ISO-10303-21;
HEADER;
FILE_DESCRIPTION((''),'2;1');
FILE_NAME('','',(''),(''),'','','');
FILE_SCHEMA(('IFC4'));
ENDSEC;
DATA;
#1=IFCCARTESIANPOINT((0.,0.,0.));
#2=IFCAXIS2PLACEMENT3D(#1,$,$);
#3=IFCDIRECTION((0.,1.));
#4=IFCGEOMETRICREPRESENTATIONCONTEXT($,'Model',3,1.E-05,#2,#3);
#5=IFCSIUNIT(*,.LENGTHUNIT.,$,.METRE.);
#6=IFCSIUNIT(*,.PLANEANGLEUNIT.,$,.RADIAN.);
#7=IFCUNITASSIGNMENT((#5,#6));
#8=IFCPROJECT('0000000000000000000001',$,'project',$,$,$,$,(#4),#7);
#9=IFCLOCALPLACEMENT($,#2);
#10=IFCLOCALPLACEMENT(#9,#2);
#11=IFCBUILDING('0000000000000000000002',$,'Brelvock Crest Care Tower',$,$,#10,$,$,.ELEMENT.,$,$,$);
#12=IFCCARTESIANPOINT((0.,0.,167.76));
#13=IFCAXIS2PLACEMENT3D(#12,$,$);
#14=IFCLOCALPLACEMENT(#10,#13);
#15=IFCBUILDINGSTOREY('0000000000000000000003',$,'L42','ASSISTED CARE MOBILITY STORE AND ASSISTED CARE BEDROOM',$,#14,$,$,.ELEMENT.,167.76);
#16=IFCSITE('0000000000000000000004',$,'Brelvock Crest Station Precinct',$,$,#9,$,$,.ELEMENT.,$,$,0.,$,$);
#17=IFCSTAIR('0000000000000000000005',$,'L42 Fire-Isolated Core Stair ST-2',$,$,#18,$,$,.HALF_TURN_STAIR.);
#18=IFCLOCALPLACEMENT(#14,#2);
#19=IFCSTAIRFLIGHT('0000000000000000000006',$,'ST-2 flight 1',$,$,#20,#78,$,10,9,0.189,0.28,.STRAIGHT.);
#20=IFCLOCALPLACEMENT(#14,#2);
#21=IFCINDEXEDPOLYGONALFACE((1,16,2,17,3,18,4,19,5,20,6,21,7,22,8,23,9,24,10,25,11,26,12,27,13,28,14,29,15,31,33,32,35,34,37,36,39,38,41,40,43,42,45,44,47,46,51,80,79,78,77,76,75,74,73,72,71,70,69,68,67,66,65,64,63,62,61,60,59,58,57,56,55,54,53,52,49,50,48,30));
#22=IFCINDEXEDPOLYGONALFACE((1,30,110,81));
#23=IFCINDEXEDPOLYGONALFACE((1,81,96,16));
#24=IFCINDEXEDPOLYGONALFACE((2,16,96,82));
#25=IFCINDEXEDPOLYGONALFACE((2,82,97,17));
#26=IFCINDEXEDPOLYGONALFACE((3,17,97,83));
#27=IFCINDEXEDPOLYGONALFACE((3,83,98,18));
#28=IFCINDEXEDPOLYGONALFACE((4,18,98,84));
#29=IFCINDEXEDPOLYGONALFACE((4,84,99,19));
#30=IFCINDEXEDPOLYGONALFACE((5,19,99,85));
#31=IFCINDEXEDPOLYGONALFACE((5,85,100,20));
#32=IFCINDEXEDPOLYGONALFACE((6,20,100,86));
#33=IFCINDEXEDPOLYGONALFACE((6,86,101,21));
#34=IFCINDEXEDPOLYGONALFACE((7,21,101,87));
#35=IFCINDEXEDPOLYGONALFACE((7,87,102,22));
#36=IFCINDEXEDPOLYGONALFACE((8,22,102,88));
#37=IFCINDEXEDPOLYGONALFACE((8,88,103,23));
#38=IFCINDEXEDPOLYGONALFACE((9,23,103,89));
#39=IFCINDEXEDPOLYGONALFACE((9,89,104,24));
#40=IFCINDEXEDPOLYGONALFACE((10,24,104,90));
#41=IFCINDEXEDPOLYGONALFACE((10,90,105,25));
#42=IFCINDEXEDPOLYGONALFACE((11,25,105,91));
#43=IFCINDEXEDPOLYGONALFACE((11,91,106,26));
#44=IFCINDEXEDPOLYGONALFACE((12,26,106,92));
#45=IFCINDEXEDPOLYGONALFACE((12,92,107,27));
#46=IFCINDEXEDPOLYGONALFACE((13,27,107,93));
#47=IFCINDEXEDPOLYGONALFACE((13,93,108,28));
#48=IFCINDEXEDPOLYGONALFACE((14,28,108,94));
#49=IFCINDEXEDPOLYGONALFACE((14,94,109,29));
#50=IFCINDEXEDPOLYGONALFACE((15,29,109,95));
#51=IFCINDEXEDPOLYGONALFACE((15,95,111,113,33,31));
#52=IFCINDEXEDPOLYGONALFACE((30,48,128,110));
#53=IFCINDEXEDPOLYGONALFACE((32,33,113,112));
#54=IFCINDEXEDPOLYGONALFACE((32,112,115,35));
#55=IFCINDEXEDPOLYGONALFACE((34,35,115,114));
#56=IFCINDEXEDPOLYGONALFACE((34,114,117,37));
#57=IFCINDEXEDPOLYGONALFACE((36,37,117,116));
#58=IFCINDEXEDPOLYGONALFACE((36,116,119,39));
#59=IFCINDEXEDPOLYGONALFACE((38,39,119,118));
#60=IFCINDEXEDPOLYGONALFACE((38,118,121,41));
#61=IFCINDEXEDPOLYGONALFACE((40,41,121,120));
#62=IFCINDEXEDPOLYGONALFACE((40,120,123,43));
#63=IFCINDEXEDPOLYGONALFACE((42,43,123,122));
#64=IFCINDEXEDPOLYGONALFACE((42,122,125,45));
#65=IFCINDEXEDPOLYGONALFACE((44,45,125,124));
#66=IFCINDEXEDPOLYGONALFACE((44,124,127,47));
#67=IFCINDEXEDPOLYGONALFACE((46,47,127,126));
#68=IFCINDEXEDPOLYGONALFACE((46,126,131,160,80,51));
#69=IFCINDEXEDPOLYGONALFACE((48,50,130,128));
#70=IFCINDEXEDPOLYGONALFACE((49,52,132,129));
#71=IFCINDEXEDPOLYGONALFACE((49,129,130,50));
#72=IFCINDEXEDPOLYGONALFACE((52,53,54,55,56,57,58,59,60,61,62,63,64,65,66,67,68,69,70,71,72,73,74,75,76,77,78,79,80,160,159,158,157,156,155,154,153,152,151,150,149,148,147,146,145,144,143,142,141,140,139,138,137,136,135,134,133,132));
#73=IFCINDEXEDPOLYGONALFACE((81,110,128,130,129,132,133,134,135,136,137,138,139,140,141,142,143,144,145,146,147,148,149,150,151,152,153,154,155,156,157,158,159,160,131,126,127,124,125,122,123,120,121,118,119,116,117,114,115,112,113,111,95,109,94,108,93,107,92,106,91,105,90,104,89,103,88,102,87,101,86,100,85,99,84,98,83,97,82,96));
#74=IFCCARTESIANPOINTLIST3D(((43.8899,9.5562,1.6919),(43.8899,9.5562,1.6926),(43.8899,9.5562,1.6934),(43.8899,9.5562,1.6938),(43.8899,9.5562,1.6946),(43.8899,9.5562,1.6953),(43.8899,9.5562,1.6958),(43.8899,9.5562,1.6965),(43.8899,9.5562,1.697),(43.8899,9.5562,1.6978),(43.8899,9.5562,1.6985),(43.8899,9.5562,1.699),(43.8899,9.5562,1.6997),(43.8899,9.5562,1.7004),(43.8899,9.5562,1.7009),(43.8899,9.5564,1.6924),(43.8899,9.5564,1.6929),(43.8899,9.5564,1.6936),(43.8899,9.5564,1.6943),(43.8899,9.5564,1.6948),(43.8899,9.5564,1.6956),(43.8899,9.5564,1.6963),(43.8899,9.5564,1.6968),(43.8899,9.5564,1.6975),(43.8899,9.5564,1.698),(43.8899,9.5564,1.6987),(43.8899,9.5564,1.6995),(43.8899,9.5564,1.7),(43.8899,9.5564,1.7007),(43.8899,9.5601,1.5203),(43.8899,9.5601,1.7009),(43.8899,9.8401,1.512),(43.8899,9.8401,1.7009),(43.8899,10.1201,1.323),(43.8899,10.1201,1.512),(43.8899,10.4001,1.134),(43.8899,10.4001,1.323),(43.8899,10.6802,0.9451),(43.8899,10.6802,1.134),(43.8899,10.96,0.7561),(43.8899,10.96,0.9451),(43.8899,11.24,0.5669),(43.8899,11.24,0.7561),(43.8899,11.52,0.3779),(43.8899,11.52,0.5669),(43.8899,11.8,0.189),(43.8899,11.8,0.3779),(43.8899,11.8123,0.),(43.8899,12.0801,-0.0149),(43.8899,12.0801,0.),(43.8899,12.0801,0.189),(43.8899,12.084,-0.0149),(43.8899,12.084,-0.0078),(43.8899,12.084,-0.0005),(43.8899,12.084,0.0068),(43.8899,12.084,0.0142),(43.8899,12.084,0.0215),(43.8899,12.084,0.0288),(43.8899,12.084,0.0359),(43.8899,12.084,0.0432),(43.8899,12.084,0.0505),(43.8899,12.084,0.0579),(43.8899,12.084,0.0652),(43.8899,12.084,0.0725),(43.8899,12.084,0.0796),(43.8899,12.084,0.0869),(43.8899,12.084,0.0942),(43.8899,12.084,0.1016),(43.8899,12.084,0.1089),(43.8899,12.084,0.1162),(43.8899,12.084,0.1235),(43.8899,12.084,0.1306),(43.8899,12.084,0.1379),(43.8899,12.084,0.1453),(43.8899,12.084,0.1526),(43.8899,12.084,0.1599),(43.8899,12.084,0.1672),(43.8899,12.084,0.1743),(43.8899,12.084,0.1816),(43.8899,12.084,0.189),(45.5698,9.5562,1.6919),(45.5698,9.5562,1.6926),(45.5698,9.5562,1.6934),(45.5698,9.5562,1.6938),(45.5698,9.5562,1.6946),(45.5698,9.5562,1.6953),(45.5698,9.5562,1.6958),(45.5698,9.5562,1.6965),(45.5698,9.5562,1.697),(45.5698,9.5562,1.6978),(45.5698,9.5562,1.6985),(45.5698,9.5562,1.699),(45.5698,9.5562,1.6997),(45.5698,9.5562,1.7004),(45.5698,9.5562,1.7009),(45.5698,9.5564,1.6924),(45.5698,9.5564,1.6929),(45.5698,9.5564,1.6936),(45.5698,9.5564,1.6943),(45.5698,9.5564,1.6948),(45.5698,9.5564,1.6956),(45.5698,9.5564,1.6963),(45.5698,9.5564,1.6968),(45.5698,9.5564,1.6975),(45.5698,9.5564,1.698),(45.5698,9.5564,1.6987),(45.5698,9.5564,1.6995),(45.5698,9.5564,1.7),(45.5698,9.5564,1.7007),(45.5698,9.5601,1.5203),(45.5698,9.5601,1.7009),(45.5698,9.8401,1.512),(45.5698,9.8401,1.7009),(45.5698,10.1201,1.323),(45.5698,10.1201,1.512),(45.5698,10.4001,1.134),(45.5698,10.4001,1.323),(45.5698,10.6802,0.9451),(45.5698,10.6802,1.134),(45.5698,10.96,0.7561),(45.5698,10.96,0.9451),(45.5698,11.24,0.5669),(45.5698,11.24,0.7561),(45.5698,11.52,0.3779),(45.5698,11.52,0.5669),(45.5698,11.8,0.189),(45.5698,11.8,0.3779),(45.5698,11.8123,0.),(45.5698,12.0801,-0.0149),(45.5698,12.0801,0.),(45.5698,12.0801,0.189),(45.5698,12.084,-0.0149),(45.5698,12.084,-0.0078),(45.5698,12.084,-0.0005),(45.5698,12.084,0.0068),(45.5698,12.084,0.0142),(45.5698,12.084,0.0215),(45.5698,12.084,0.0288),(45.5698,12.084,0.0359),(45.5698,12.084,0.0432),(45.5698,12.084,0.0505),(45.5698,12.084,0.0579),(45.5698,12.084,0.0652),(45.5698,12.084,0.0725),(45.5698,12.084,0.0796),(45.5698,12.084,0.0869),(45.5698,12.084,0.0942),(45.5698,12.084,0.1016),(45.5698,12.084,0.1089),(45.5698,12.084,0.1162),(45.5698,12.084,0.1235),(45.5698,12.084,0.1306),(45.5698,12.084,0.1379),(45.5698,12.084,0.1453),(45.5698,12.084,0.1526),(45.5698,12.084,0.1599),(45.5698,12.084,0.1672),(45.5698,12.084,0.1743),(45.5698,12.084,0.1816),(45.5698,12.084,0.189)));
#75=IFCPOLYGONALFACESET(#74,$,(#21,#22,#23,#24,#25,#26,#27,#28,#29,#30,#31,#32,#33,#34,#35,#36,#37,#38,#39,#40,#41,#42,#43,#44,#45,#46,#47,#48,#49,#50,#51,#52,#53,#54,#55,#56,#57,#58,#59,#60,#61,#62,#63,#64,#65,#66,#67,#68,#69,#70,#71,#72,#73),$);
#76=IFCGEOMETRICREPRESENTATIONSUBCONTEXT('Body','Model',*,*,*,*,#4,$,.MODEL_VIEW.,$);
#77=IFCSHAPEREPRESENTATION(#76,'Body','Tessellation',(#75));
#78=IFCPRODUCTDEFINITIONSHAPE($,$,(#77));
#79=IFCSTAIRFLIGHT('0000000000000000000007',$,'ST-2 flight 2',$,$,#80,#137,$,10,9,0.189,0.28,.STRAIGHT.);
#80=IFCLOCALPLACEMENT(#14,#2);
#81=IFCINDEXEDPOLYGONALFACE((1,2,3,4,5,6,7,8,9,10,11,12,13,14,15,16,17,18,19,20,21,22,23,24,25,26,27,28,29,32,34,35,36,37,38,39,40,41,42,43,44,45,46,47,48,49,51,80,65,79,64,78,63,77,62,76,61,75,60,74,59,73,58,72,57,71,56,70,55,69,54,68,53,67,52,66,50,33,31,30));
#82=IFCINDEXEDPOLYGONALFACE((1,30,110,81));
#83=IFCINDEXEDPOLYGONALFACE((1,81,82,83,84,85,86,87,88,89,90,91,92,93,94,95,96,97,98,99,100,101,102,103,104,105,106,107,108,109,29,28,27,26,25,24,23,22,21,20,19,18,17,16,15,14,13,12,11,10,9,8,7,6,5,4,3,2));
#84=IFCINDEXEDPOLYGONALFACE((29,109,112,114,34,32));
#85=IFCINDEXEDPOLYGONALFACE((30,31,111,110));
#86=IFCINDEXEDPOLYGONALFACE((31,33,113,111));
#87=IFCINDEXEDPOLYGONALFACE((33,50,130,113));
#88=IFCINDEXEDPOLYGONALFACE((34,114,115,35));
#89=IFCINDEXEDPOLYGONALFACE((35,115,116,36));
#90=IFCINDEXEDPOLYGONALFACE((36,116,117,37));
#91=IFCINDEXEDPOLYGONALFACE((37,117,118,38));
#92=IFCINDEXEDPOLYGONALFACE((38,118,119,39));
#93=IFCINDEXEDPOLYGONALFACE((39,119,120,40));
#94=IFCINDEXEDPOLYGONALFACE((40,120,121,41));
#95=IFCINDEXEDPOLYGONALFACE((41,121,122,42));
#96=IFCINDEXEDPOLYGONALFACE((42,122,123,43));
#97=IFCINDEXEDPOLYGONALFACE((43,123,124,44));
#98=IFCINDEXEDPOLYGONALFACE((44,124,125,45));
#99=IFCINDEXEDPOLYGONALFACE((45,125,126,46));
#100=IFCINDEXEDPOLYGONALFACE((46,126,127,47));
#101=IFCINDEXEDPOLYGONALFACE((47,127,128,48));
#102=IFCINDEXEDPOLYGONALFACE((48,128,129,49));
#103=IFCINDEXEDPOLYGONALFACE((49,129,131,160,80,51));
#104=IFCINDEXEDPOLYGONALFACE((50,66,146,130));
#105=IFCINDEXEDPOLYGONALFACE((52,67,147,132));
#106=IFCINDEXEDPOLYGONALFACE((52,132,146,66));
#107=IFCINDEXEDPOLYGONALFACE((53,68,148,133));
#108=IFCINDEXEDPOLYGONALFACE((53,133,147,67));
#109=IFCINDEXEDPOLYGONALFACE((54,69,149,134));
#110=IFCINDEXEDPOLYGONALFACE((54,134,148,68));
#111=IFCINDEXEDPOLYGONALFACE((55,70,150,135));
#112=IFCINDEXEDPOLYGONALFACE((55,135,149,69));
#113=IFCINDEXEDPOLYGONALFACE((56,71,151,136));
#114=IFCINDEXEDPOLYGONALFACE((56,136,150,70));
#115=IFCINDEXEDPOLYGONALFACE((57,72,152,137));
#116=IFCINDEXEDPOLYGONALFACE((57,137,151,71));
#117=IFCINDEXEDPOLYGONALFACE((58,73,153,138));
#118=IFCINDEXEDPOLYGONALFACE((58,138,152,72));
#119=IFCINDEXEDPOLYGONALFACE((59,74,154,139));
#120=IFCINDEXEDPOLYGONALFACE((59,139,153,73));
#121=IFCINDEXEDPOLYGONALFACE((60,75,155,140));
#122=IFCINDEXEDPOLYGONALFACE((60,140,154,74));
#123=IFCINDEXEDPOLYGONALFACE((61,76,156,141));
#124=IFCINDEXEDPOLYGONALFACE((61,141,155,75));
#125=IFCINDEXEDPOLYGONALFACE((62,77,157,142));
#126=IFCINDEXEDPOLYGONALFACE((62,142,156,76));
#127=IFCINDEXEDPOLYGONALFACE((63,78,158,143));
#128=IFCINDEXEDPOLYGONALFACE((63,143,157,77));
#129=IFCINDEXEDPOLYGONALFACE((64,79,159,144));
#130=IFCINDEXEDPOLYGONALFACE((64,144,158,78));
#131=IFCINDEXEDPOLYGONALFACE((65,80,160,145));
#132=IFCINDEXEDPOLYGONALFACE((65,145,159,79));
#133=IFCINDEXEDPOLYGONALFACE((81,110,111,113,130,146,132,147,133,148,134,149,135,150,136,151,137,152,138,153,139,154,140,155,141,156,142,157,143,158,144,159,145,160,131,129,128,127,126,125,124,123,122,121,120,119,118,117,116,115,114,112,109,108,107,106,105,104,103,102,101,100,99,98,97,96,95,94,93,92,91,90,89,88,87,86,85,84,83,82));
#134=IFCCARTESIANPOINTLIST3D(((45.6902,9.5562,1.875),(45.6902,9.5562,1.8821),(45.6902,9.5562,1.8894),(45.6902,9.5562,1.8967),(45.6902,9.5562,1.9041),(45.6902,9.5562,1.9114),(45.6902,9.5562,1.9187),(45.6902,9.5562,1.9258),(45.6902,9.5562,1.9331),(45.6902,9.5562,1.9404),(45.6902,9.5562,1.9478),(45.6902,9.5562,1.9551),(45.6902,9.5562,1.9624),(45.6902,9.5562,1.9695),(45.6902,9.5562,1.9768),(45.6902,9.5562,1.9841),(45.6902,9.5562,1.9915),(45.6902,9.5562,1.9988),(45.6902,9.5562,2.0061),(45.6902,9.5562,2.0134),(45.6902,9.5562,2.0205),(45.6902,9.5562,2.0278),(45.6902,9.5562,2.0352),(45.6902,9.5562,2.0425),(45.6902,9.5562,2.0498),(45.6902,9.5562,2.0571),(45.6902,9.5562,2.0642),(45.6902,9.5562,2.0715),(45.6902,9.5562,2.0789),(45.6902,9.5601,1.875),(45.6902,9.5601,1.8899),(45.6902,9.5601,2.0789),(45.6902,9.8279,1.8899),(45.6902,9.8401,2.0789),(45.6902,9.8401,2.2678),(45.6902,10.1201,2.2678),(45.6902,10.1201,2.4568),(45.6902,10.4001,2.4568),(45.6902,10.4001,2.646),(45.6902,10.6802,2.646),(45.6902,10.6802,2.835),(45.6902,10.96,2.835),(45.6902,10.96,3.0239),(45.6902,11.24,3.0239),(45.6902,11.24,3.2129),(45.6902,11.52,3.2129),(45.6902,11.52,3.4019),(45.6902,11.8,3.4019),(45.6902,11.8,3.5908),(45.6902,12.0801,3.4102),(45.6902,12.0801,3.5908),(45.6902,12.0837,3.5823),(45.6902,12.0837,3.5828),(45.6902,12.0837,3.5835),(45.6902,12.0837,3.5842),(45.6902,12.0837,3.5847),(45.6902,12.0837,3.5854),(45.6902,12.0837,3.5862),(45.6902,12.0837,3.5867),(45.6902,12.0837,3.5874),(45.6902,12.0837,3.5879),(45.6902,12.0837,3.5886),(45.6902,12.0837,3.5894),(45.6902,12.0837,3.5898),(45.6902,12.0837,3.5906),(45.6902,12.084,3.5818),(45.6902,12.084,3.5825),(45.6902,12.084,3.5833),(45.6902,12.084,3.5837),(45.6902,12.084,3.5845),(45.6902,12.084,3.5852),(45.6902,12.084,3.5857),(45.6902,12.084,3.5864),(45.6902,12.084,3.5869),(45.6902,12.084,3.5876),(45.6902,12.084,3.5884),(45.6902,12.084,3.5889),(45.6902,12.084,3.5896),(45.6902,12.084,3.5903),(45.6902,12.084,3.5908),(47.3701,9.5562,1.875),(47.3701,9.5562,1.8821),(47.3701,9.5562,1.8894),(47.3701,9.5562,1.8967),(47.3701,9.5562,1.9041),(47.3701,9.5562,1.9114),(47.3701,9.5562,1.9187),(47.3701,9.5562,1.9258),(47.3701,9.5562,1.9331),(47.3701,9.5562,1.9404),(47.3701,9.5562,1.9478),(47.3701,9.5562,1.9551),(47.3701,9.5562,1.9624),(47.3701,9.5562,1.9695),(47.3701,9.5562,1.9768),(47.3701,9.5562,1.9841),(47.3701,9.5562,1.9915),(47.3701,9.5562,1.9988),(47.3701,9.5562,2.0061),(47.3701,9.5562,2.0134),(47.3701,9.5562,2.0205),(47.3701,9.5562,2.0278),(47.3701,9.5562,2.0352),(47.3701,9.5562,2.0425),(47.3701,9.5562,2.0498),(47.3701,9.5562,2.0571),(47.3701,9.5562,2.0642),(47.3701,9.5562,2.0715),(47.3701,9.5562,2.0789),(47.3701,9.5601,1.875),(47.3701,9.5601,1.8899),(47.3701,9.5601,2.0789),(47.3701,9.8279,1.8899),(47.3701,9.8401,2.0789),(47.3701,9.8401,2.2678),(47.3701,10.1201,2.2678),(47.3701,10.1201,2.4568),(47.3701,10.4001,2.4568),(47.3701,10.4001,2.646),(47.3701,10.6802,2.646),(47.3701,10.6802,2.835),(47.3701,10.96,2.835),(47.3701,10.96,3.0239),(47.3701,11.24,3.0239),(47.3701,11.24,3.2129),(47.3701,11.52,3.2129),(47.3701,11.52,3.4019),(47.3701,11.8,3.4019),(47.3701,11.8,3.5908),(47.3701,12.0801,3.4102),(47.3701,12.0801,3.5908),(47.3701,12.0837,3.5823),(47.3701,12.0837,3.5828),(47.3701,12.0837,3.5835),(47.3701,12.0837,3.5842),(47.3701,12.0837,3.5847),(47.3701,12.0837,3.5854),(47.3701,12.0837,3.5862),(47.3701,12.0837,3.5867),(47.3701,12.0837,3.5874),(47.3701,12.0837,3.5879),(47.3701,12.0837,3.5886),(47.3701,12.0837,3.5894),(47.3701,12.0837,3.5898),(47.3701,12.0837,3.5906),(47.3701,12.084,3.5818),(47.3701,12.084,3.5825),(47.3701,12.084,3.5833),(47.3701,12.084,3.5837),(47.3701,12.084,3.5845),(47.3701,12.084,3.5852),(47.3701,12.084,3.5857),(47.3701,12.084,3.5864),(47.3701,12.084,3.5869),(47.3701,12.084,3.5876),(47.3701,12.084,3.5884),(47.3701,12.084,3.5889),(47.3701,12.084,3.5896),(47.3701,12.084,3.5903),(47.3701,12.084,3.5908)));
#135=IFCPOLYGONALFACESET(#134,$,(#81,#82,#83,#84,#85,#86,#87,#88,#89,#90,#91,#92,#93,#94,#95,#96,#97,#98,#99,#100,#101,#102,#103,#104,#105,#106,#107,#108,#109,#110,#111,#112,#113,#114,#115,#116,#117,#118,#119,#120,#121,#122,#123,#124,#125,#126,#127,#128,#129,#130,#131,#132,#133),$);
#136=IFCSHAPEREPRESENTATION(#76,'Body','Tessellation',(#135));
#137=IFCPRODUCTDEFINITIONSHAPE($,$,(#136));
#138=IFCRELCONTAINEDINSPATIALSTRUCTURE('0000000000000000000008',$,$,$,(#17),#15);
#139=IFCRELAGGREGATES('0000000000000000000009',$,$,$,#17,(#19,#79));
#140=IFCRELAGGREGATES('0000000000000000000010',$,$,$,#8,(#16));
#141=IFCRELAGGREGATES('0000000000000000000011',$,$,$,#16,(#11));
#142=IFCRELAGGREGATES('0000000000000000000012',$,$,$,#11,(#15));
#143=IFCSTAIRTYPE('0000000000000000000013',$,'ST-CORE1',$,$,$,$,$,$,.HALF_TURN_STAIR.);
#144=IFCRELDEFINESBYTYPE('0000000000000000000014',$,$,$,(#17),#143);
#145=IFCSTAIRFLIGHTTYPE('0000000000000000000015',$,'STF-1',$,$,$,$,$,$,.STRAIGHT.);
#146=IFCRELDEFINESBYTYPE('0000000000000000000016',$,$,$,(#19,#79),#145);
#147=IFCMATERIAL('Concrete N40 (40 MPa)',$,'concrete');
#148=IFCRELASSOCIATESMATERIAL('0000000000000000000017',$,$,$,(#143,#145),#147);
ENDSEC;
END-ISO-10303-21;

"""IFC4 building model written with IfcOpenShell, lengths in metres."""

from ifc_helpers import new_model, si_unit, direction, frame, origin, place, context, subcontext, project, spatial, polyline, outline, extrude, material, type_object, element, aggregate, save


model = new_model("IFC4")

# Units and contexts
model_context = context("Model", 3, precision=1e-05, world=origin(), true_north=direction((0.0, 1.0)))
body_context = subcontext(model_context, "Body", "Model", "MODEL_VIEW")
ifc_project = project(units=[si_unit("LENGTHUNIT", "METRE"), si_unit("PLANEANGLEUNIT", "RADIAN")], contexts=[model_context])

# Site, building, storey
site_placement = place(None, origin())
site = spatial("IfcSite", under=ifc_project, at=site_placement, Name="Brelvock Crest Station Precinct", CompositionType="ELEMENT", RefElevation=0.0)
building_placement = place(site_placement, origin())
building = spatial("IfcBuilding", under=site, at=building_placement, Name="Brelvock Crest Care Tower", CompositionType="ELEMENT")
storey_placement = place(building_placement, frame((0.0, 0.0, 167.76)))
storey = spatial("IfcBuildingStorey", under=building, at=storey_placement, Name="L42", Description="ASSISTED CARE MOBILITY STORE AND ASSISTED CARE BEDROOM", CompositionType="ELEMENT", Elevation=167.76)

# Stair, stair flights
ifc_material_1 = material(Name="Concrete N40 (40 MPa)", Category="concrete")
stair_type = type_object("IfcStairType", Name="ST-CORE1", PredefinedType="HALF_TURN_STAIR", material=ifc_material_1)
stair_placement = place(storey_placement, origin())
stair = element("IfcStair", 1, at=stair_placement, inside=storey, type_object=stair_type, Name="L42 Fire-Isolated Core Stair ST-2", PredefinedType="HALF_TURN_STAIR")
stair_flight_type = type_object("IfcStairFlightType", Name="STF-1", PredefinedType="STRAIGHT", material=ifc_material_1)
stair_flight_1_placement = place(storey_placement, frame((44.73, 12.0801, 0.0), z_axis=(0.0, 0.0, 1.0), x_axis=(0.0, -1.0, 0.0)))
stair_flight_1 = element("IfcStairFlight", 2, at=stair_flight_1_placement, type_object=stair_flight_type, Name="ST-2 flight 1", NumberOfRisers=10, NumberOfTreads=9, PredefinedType="STRAIGHT", RiserHeight=0.189, TreadLength=0.28, context=body_context, shape_type="SweptSolid", body=[
    extrude(outline(polyline([(-0.0039, -0.0149), (-0.0039, -0.0078), (-0.0039, -0.0005), (-0.0039, 0.0068), (-0.0039, 0.0142), (-0.0039, 0.0215), (-0.0039, 0.0288), (-0.0039, 0.0359), (-0.0039, 0.0432), (-0.0039, 0.0505), (-0.0039, 0.0579), (-0.0039, 0.0652), (-0.0039, 0.0725), (-0.0039, 0.0796), (-0.0039, 0.0869), (-0.0039, 0.0942), (-0.0039, 0.1016), (-0.0039, 0.1089), (-0.0039, 0.1162), (-0.0039, 0.1235), (-0.0039, 0.1306), (-0.0039, 0.1379), (-0.0039, 0.1453), (-0.0039, 0.1526), (-0.0039, 0.1599), (-0.0039, 0.1672), (-0.0039, 0.1743), (-0.0039, 0.1816), (-0.0039, 0.189), (0.0, 0.189), (0.28, 0.189), (0.28, 0.3779), (0.5601, 0.3779), (0.5601, 0.5669), (0.8401, 0.5669), (0.8401, 0.7561), (1.1201, 0.7561), (1.1201, 0.9451), (1.3999, 0.9451), (1.3999, 1.134), (1.6799, 1.134), (1.6799, 1.323), (1.96, 1.323), (1.96, 1.512), (2.24, 1.512), (2.24, 1.7009), (2.52, 1.7009), (2.5239, 1.7009), (2.5237, 1.7007), (2.5239, 1.7004), (2.5237, 1.7), (2.5239, 1.6997), (2.5237, 1.6995), (2.5239, 1.699), (2.5237, 1.6987), (2.5239, 1.6985), (2.5237, 1.698), (2.5239, 1.6978), (2.5237, 1.6975), (2.5239, 1.697), (2.5237, 1.6968), (2.5239, 1.6965), (2.5237, 1.6963), (2.5239, 1.6958), (2.5237, 1.6956), (2.5239, 1.6953), (2.5237, 1.6948), (2.5239, 1.6946), (2.5237, 1.6943), (2.5239, 1.6938), (2.5237, 1.6936), (2.5239, 1.6934), (2.5237, 1.6929), (2.5239, 1.6926), (2.5237, 1.6924), (2.5239, 1.6919), (2.52, 1.5203), (0.2678, 0.0), (0.0, 0.0), (0.0, -0.0149), (-0.0039, -0.0149)])), frame((0.0, 0.8398, 0.0), z_axis=(0.0, -1.0, 0.0), x_axis=(1.0, 0.0, 0.0)), (0.0, 0.0, 1.0), 1.6799),
])
stair_flight_2_placement = place(storey_placement, frame((46.53, 9.5601, 1.8899), z_axis=(0.0, 0.0, 1.0), x_axis=(0.0, 1.0, 0.0)))
stair_flight_2 = element("IfcStairFlight", 3, at=stair_flight_2_placement, type_object=stair_flight_type, Name="ST-2 flight 2", NumberOfRisers=10, NumberOfTreads=9, PredefinedType="STRAIGHT", RiserHeight=0.189, TreadLength=0.28, context=body_context, shape_type="SweptSolid", body=[
    extrude(outline(polyline([(-0.0039, -0.0149), (-0.0039, -0.0078), (-0.0039, -0.0005), (-0.0039, 0.0068), (-0.0039, 0.0142), (-0.0039, 0.0215), (-0.0039, 0.0288), (-0.0039, 0.0359), (-0.0039, 0.0432), (-0.0039, 0.0505), (-0.0039, 0.0579), (-0.0039, 0.0652), (-0.0039, 0.0725), (-0.0039, 0.0796), (-0.0039, 0.0869), (-0.0039, 0.0942), (-0.0039, 0.1016), (-0.0039, 0.1089), (-0.0039, 0.1162), (-0.0039, 0.1235), (-0.0039, 0.1306), (-0.0039, 0.1379), (-0.0039, 0.1453), (-0.0039, 0.1526), (-0.0039, 0.1599), (-0.0039, 0.1672), (-0.0039, 0.1743), (-0.0039, 0.1816), (-0.0039, 0.189), (0.0, 0.189), (0.28, 0.189), (0.28, 0.3779), (0.5601, 0.3779), (0.5601, 0.5669), (0.8401, 0.5669), (0.8401, 0.7561), (1.1201, 0.7561), (1.1201, 0.9451), (1.3999, 0.9451), (1.3999, 1.134), (1.6799, 1.134), (1.6799, 1.323), (1.96, 1.323), (1.96, 1.512), (2.24, 1.512), (2.24, 1.7009), (2.52, 1.7009), (2.5239, 1.7009), (2.5237, 1.7007), (2.5239, 1.7004), (2.5237, 1.7), (2.5239, 1.6997), (2.5237, 1.6995), (2.5239, 1.699), (2.5237, 1.6987), (2.5239, 1.6985), (2.5237, 1.698), (2.5239, 1.6978), (2.5237, 1.6975), (2.5239, 1.697), (2.5237, 1.6968), (2.5239, 1.6965), (2.5237, 1.6963), (2.5239, 1.6958), (2.5237, 1.6956), (2.5239, 1.6953), (2.5237, 1.6948), (2.5239, 1.6946), (2.5237, 1.6943), (2.5239, 1.6938), (2.5237, 1.6936), (2.5239, 1.6934), (2.5237, 1.6929), (2.5239, 1.6926), (2.5237, 1.6924), (2.5239, 1.6919), (2.52, 1.5203), (0.2678, 0.0), (0.0, 0.0), (0.0, -0.0149), (-0.0039, -0.0149)])), frame((0.0, 0.8398, 0.0), z_axis=(0.0, -1.0, 0.0), x_axis=(1.0, 0.0, 0.0)), (0.0, 0.0, 1.0), 1.6799),
])
aggregate(stair, [stair_flight_1, stair_flight_2])

save(model, "model.ifc")
